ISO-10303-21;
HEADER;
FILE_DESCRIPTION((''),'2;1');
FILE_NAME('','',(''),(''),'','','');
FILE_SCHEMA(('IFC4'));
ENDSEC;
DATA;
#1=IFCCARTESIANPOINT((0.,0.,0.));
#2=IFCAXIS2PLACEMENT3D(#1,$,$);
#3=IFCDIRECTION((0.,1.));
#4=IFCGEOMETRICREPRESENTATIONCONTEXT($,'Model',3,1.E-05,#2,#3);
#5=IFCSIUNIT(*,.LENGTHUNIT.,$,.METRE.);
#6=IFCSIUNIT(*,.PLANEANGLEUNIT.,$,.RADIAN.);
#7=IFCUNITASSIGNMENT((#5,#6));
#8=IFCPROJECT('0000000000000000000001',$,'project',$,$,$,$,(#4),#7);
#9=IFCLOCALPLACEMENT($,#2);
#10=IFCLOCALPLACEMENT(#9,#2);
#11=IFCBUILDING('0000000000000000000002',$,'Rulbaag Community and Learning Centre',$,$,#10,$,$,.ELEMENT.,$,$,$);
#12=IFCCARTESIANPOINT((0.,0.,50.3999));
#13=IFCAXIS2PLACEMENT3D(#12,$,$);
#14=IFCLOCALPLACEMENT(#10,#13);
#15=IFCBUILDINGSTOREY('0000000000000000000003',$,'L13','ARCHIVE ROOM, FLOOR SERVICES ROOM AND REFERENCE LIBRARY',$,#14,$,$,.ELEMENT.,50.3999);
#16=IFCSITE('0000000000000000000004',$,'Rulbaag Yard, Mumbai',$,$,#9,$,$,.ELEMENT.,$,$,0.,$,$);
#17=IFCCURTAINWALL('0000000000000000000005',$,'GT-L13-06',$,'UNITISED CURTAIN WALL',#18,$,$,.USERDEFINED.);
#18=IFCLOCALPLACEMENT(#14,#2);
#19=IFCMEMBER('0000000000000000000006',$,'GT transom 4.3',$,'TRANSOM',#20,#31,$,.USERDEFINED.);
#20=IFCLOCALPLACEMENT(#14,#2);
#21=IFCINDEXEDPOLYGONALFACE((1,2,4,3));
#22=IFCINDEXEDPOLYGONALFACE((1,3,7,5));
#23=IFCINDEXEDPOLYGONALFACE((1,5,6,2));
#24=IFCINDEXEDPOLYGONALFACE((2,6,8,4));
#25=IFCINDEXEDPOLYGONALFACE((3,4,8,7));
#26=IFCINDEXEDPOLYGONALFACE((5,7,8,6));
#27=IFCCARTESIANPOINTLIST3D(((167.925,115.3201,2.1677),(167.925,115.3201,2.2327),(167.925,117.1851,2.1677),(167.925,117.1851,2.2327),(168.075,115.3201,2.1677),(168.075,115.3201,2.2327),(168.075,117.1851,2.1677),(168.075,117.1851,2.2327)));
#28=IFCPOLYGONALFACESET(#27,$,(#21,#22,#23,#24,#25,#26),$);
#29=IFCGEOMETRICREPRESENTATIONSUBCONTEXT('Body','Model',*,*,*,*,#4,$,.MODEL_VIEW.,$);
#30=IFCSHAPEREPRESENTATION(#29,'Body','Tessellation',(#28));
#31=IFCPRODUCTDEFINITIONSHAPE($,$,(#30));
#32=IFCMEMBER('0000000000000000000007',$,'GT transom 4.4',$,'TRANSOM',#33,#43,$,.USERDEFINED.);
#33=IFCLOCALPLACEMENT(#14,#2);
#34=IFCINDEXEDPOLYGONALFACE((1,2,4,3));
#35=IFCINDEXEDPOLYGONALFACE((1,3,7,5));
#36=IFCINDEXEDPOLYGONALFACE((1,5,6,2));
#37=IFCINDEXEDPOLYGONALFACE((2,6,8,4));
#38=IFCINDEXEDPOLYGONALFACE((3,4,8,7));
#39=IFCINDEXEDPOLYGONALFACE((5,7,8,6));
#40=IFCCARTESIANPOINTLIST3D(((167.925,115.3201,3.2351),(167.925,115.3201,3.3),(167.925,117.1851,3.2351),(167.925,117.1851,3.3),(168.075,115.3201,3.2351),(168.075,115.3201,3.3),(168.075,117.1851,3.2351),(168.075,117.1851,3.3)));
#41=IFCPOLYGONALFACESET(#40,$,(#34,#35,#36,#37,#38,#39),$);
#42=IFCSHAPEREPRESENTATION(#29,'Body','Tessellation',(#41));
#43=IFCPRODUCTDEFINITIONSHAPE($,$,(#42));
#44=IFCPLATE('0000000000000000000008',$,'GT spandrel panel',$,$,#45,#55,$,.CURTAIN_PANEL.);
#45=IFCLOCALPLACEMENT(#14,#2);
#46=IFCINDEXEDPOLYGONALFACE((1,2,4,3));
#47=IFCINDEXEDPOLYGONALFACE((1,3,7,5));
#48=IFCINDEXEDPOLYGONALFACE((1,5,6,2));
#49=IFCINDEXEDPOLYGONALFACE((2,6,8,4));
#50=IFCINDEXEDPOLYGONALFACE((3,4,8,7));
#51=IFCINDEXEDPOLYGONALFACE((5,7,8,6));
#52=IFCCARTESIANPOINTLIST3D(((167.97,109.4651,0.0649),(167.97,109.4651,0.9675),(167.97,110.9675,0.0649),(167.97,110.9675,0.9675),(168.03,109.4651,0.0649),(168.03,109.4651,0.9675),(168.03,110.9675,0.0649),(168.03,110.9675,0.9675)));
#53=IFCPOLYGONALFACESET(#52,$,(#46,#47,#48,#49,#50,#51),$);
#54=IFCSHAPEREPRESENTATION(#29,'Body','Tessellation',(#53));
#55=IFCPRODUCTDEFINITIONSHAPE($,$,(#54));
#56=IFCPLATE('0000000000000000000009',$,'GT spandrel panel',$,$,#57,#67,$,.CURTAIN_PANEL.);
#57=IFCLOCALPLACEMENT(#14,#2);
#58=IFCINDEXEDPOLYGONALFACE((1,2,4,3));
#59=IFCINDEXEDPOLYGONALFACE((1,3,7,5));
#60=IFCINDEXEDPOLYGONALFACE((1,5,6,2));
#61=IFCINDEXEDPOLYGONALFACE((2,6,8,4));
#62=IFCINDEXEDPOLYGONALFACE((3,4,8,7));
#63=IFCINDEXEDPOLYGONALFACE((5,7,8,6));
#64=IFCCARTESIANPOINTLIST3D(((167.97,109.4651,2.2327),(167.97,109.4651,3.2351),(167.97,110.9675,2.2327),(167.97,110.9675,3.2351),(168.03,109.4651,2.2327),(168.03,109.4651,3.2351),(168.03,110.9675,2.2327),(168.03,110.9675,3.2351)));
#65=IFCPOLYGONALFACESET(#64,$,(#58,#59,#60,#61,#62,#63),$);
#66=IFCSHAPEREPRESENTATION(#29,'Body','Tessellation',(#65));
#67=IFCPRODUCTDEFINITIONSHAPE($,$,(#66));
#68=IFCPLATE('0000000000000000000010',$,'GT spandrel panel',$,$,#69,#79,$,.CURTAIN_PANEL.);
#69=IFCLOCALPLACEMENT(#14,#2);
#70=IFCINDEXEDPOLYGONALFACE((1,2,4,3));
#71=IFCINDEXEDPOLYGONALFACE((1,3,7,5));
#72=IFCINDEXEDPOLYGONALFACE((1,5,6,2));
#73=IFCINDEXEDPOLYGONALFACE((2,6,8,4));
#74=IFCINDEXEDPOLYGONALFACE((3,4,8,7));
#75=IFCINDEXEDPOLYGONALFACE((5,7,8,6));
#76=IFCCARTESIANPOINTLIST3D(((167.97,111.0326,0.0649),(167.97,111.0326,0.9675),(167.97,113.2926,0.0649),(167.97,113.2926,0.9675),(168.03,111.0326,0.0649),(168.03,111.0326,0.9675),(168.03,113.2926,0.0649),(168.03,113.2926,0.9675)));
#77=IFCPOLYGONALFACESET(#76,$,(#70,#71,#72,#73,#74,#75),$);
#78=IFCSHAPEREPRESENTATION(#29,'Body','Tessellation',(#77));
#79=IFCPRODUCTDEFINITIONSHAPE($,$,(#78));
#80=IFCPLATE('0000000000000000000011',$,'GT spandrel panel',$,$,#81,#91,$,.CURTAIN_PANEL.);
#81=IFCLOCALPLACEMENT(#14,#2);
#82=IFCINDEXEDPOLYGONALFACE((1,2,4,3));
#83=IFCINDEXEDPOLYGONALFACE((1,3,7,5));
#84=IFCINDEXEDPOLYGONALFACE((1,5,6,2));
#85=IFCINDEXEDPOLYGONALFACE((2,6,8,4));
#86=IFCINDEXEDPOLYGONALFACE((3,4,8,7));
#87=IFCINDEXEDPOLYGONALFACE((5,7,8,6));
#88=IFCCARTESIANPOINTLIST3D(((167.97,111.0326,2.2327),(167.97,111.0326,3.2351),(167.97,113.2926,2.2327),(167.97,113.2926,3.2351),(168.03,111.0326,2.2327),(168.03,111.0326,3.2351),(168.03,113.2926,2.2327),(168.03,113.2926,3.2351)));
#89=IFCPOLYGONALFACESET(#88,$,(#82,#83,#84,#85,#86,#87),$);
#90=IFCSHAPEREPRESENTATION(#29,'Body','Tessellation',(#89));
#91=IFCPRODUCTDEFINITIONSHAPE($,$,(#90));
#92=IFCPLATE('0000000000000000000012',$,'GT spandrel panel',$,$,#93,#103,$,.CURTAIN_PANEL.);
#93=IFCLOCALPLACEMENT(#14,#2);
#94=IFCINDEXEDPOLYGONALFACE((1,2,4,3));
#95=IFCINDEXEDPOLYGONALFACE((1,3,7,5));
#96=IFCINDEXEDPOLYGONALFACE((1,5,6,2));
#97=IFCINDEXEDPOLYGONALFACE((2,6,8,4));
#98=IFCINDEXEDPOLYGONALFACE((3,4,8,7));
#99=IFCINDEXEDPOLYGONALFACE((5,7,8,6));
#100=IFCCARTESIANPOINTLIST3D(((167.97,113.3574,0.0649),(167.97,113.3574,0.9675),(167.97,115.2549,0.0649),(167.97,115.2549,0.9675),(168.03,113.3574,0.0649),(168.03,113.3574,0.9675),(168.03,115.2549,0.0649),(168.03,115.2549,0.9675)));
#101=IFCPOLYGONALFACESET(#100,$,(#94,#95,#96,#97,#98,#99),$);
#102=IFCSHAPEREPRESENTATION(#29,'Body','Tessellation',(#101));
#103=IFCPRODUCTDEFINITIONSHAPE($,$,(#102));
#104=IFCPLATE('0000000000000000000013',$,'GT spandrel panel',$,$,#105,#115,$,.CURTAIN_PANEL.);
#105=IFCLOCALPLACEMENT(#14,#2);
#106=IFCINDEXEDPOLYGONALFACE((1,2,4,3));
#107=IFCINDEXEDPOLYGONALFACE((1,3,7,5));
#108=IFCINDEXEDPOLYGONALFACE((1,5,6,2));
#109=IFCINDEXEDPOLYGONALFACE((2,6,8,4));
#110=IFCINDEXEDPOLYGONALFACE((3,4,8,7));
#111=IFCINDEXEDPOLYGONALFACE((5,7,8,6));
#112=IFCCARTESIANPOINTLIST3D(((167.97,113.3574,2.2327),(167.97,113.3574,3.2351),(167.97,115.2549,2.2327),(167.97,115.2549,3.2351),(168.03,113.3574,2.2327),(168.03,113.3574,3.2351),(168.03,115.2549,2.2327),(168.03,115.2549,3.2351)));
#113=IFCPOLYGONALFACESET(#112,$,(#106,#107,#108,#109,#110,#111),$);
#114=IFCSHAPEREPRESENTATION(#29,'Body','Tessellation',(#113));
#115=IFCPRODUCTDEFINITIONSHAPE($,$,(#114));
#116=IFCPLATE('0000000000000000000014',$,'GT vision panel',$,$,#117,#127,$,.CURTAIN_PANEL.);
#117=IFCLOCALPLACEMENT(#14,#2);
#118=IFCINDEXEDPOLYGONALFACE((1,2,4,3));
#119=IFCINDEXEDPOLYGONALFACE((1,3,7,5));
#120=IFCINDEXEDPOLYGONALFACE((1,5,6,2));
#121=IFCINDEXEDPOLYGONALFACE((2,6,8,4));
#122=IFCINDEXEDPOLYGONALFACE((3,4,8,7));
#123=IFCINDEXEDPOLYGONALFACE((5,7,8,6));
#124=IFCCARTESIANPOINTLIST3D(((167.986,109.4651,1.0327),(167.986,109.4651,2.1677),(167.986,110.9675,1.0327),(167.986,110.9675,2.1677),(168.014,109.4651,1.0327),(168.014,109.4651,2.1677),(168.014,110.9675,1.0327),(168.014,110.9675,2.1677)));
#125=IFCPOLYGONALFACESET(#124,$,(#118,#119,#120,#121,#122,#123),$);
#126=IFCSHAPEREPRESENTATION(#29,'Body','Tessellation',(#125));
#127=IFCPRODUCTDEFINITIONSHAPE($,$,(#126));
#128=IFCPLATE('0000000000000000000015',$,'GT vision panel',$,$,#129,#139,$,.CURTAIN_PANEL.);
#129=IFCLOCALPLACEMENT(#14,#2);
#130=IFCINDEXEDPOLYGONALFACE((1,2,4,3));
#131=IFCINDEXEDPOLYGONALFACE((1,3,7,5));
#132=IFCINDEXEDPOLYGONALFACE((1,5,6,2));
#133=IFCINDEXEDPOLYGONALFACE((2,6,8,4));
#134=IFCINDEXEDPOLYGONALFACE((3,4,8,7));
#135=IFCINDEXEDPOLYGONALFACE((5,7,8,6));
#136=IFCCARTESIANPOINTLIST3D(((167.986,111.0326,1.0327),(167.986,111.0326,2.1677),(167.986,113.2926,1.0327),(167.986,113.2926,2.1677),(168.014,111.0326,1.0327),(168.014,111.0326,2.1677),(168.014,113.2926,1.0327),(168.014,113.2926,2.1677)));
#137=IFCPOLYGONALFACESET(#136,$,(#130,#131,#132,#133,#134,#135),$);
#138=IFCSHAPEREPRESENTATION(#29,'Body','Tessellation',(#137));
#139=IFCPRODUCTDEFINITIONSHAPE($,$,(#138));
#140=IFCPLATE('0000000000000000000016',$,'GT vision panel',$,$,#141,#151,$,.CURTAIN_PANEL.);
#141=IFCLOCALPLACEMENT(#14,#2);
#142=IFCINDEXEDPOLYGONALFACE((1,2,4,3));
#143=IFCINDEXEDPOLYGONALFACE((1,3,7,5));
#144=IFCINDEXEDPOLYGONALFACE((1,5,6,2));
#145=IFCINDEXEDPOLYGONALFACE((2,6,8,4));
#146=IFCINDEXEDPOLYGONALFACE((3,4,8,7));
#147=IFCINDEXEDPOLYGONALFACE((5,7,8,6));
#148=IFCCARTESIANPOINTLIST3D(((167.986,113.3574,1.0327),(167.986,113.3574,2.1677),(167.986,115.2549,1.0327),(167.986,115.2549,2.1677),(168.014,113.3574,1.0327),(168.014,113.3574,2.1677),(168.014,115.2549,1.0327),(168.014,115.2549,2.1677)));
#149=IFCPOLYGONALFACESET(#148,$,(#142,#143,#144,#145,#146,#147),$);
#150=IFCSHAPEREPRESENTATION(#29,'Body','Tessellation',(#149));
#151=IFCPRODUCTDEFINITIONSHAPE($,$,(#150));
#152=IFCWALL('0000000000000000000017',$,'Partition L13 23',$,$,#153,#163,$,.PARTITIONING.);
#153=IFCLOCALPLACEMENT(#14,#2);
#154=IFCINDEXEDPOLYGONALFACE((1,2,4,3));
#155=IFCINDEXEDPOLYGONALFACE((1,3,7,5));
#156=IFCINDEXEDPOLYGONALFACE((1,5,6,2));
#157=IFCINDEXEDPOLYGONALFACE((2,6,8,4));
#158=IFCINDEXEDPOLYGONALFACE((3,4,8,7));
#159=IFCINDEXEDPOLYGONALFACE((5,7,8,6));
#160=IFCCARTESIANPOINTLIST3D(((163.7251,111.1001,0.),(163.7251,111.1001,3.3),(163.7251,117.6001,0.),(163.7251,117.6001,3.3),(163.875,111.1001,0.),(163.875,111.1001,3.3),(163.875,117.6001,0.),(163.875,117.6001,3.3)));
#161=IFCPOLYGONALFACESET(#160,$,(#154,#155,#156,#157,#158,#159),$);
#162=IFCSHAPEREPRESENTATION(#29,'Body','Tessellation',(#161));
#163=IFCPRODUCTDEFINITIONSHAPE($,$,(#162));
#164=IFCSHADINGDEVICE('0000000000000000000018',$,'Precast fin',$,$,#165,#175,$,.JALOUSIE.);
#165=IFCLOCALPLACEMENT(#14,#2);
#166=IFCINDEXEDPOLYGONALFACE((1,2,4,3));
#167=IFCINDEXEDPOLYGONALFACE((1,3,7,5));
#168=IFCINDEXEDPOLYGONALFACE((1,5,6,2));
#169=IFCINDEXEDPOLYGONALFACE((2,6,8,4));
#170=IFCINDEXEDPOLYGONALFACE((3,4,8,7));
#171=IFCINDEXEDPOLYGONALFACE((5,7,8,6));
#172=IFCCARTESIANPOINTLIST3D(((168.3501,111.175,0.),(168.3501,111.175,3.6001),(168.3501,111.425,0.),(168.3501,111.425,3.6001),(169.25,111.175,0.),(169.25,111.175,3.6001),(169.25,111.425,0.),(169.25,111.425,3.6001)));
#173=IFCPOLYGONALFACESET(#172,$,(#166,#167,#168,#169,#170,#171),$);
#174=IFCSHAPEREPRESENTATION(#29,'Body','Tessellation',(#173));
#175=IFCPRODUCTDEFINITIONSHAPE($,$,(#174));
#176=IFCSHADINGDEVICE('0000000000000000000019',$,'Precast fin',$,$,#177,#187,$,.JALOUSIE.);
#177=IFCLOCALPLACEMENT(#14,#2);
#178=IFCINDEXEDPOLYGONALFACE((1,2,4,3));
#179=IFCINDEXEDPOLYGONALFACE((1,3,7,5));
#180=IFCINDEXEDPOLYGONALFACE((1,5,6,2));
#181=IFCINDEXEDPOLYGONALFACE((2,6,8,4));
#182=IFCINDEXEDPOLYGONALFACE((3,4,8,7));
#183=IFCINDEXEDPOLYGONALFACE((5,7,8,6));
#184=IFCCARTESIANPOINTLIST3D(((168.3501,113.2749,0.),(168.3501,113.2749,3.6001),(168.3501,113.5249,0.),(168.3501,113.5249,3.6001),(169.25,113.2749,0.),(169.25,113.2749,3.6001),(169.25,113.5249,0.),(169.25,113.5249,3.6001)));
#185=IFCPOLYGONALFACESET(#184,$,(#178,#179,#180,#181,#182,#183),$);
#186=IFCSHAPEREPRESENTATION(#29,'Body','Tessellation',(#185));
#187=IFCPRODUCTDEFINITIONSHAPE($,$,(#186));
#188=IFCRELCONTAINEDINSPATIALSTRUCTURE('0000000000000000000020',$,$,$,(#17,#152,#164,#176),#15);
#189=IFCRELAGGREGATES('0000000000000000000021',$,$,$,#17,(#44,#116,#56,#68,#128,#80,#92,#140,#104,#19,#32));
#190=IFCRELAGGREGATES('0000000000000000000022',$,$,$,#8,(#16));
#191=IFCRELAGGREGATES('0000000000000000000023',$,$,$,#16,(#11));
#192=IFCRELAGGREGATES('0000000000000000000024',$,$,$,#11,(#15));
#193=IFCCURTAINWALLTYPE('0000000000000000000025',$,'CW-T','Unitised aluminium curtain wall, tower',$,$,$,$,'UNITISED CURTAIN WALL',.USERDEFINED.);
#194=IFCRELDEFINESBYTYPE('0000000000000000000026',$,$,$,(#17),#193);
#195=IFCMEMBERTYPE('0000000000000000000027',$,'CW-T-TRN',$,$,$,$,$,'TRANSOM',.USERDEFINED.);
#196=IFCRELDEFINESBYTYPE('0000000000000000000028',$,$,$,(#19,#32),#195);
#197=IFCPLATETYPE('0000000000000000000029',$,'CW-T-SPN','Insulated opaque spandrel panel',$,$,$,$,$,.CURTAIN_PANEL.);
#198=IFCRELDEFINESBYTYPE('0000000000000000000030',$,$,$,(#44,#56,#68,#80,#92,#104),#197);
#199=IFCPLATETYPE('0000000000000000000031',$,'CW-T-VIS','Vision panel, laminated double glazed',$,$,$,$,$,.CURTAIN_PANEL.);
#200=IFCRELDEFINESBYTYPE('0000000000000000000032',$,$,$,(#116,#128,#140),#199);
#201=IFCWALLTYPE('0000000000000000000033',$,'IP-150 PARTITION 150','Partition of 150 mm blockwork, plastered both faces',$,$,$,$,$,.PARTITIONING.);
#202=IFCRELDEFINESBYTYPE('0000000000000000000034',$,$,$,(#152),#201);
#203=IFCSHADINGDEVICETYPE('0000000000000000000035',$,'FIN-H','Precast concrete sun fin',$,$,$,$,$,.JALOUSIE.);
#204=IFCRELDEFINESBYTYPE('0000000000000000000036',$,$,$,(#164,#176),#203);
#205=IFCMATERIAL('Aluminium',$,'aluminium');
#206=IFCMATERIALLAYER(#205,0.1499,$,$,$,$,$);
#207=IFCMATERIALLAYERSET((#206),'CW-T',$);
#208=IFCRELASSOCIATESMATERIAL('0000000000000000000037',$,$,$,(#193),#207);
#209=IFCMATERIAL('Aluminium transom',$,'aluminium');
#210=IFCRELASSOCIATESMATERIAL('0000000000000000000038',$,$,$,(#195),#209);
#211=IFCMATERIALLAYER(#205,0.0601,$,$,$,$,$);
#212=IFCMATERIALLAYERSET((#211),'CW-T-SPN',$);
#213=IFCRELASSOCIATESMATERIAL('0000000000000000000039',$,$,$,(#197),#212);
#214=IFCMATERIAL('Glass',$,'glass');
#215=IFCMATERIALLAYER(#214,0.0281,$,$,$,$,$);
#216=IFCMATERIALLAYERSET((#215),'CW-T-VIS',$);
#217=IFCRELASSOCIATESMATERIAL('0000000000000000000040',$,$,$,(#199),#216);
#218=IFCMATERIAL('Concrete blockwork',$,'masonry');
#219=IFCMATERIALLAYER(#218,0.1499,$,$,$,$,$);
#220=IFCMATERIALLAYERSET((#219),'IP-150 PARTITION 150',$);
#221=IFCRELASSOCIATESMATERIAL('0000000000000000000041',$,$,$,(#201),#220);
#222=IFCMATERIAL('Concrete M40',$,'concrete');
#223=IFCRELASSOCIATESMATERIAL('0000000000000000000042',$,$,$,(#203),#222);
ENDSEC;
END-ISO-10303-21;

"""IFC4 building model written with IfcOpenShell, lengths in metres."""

from ifc_helpers import new_model, si_unit, direction, frame, frame_2d, origin, origin_2d, place, context, subcontext, project, spatial, rectangle, extrude, material, layer, layer_set, material_profile, profile_set, type_object, element, aggregate, save


model = new_model("IFC4")

# Units and contexts
model_context = context("Model", 3, precision=1e-05, world=origin(), true_north=direction((0.0, 1.0)))
body_context = subcontext(model_context, "Body", "Model", "MODEL_VIEW")
ifc_project = project(units=[si_unit("LENGTHUNIT", "METRE"), si_unit("PLANEANGLEUNIT", "RADIAN")], contexts=[model_context])

# Site, building, storey
site_placement = place(None, origin())
site = spatial("IfcSite", under=ifc_project, at=site_placement, Name="Rulbaag Yard, Mumbai", CompositionType="ELEMENT", RefElevation=0.0)
building_placement = place(site_placement, origin())
building = spatial("IfcBuilding", under=site, at=building_placement, Name="Rulbaag Community and Learning Centre", CompositionType="ELEMENT")
storey_placement = place(building_placement, frame((0.0, 0.0, 50.3999)))
storey = spatial("IfcBuildingStorey", under=building, at=storey_placement, Name="L13", Description="ARCHIVE ROOM, FLOOR SERVICES ROOM AND REFERENCE LIBRARY", CompositionType="ELEMENT", Elevation=50.3999)

# Curtain wall, members, plates
ifc_material_1 = material(Name="Aluminium", Category="aluminium")
ifc_layer_1 = layer(ifc_material_1, 0.1499)
ifc_layer_set_1 = layer_set([ifc_layer_1], Name="CW-T")
curtain_wall_type = type_object("IfcCurtainWallType", Name="CW-T", Description="Unitised aluminium curtain wall, tower", ElementType="UNITISED CURTAIN WALL", PredefinedType="USERDEFINED", material=ifc_layer_set_1)
curtain_wall_placement = place(storey_placement, origin())
curtain_wall = element("IfcCurtainWall", 1, at=curtain_wall_placement, inside=storey, type_object=curtain_wall_type, Name="GT-L13-06", ObjectType="UNITISED CURTAIN WALL", PredefinedType="USERDEFINED")
ifc_material_2 = material(Name="Aluminium transom", Category="aluminium")
ifc_material_profile_1 = material_profile(ifc_material_2, rectangle(XDim=0.1499, YDim=0.0649, at=origin_2d()), Name="AL 65x150 T")
ifc_profile_set_1 = profile_set([ifc_material_profile_1], Name="Aluminium transom")
member_type_1 = type_object("IfcMemberType", Name="CW-T-TRN", ElementType="TRANSOM", PredefinedType="USERDEFINED", material=ifc_profile_set_1)
member_1_placement = place(storey_placement, frame((168.0, 115.3201, 2.2002), z_axis=(0.0, 1.0, 0.0), x_axis=(-1.0, 0.0, 0.0)))
member_1 = element("IfcMember", 2, at=member_1_placement, type_object=member_type_1, Name="GT transom 4.3", ObjectType="TRANSOM", PredefinedType="USERDEFINED", context=body_context, shape_type="SweptSolid", body=[
    extrude(rectangle(XDim=0.1499, YDim=0.0649, at=origin_2d()), origin(), (0.0, 0.0, 1.0), 1.865),
])
member_2_placement = place(storey_placement, frame((168.0, 115.3201, 3.2676), z_axis=(0.0, 1.0, 0.0), x_axis=(-1.0, 0.0, 0.0)))
member_2 = element("IfcMember", 3, at=member_2_placement, type_object=member_type_1, Name="GT transom 4.4", ObjectType="TRANSOM", PredefinedType="USERDEFINED", context=body_context, shape_type="SweptSolid", body=[
    extrude(rectangle(XDim=0.1499, YDim=0.0649, at=origin_2d()), origin(), (0.0, 0.0, 1.0), 1.865),
])
ifc_layer_2 = layer(ifc_material_1, 0.0601)
ifc_layer_set_2 = layer_set([ifc_layer_2], Name="CW-T-SPN")
plate_type_1 = type_object("IfcPlateType", Name="CW-T-SPN", Description="Insulated opaque spandrel panel", PredefinedType="CURTAIN_PANEL", material=ifc_layer_set_2)
plate_1_placement = place(storey_placement, frame((168.0, 110.2163, 0.0649), z_axis=(0.0, 0.0, 1.0), x_axis=(0.0, 1.0, 0.0)))
plate_1 = element("IfcPlate", 4, at=plate_1_placement, type_object=plate_type_1, Name="GT spandrel panel", PredefinedType="CURTAIN_PANEL", context=body_context, shape_type="SweptSolid", body=[
    extrude(rectangle(XDim=1.5024, YDim=0.0601, at=origin_2d()), origin(), (0.0, 0.0, 1.0), 0.9026),
])
plate_2_placement = place(storey_placement, frame((168.0, 110.2163, 2.2327), z_axis=(0.0, 0.0, 1.0), x_axis=(0.0, 1.0, 0.0)))
plate_2 = element("IfcPlate", 5, at=plate_2_placement, type_object=plate_type_1, Name="GT spandrel panel", PredefinedType="CURTAIN_PANEL", context=body_context, shape_type="SweptSolid", body=[
    extrude(rectangle(XDim=1.5024, YDim=0.0601, at=origin_2d()), origin(), (0.0, 0.0, 1.0), 1.0024),
])
plate_3_placement = place(storey_placement, frame((168.0, 112.1626, 0.0649), z_axis=(0.0, 0.0, 1.0), x_axis=(0.0, 1.0, 0.0)))
plate_3 = element("IfcPlate", 6, at=plate_3_placement, type_object=plate_type_1, Name="GT spandrel panel", PredefinedType="CURTAIN_PANEL", context=body_context, shape_type="SweptSolid", body=[
    extrude(rectangle(XDim=2.26, YDim=0.0601, at=origin_2d()), origin(), (0.0, 0.0, 1.0), 0.9026),
])
plate_4_placement = place(storey_placement, frame((168.0, 112.1626, 2.2327), z_axis=(0.0, 0.0, 1.0), x_axis=(0.0, 1.0, 0.0)))
plate_4 = element("IfcPlate", 7, at=plate_4_placement, type_object=plate_type_1, Name="GT spandrel panel", PredefinedType="CURTAIN_PANEL", context=body_context, shape_type="SweptSolid", body=[
    extrude(rectangle(XDim=2.26, YDim=0.0601, at=origin_2d()), origin(), (0.0, 0.0, 1.0), 1.0024),
])
plate_5_placement = place(storey_placement, frame((168.0, 114.3062, 0.0649), z_axis=(0.0, 0.0, 1.0), x_axis=(0.0, 1.0, 0.0)))
plate_5 = element("IfcPlate", 8, at=plate_5_placement, type_object=plate_type_1, Name="GT spandrel panel", PredefinedType="CURTAIN_PANEL", context=body_context, shape_type="SweptSolid", body=[
    extrude(rectangle(XDim=1.8975, YDim=0.0601, at=origin_2d()), origin(), (0.0, 0.0, 1.0), 0.9026),
])
plate_6_placement = place(storey_placement, frame((168.0, 114.3062, 2.2327), z_axis=(0.0, 0.0, 1.0), x_axis=(0.0, 1.0, 0.0)))
plate_6 = element("IfcPlate", 9, at=plate_6_placement, type_object=plate_type_1, Name="GT spandrel panel", PredefinedType="CURTAIN_PANEL", context=body_context, shape_type="SweptSolid", body=[
    extrude(rectangle(XDim=1.8975, YDim=0.0601, at=origin_2d()), origin(), (0.0, 0.0, 1.0), 1.0024),
])
ifc_material_3 = material(Name="Glass", Category="glass")
ifc_layer_3 = layer(ifc_material_3, 0.0281)
ifc_layer_set_3 = layer_set([ifc_layer_3], Name="CW-T-VIS")
plate_type_2 = type_object("IfcPlateType", Name="CW-T-VIS", Description="Vision panel, laminated double glazed", PredefinedType="CURTAIN_PANEL", material=ifc_layer_set_3)
plate_7_placement = place(storey_placement, frame((168.0, 110.2163, 1.0327), z_axis=(0.0, 0.0, 1.0), x_axis=(0.0, 1.0, 0.0)))
plate_7 = element("IfcPlate", 10, at=plate_7_placement, type_object=plate_type_2, Name="GT vision panel", PredefinedType="CURTAIN_PANEL", context=body_context, shape_type="SweptSolid", body=[
    extrude(rectangle(XDim=1.5024, YDim=0.0281, at=origin_2d()), origin(), (0.0, 0.0, 1.0), 1.135),
])
plate_8_placement = place(storey_placement, frame((168.0, 112.1626, 1.0327), z_axis=(0.0, 0.0, 1.0), x_axis=(0.0, 1.0, 0.0)))
plate_8 = element("IfcPlate", 11, at=plate_8_placement, type_object=plate_type_2, Name="GT vision panel", PredefinedType="CURTAIN_PANEL", context=body_context, shape_type="SweptSolid", body=[
    extrude(rectangle(XDim=2.26, YDim=0.0281, at=origin_2d()), origin(), (0.0, 0.0, 1.0), 1.135),
])
plate_9_placement = place(storey_placement, frame((168.0, 114.3062, 1.0327), z_axis=(0.0, 0.0, 1.0), x_axis=(0.0, 1.0, 0.0)))
plate_9 = element("IfcPlate", 12, at=plate_9_placement, type_object=plate_type_2, Name="GT vision panel", PredefinedType="CURTAIN_PANEL", context=body_context, shape_type="SweptSolid", body=[
    extrude(rectangle(XDim=1.8975, YDim=0.0281, at=origin_2d()), origin(), (0.0, 0.0, 1.0), 1.135),
])
aggregate(curtain_wall, [plate_1, plate_7, plate_2, plate_3, plate_8, plate_4, plate_5, plate_9, plate_6, member_1, member_2])

# Wall
ifc_material_4 = material(Name="Concrete blockwork", Category="masonry")
ifc_layer_4 = layer(ifc_material_4, 0.1499)
ifc_layer_set_4 = layer_set([ifc_layer_4], Name="IP-150 PARTITION 150")
wall_type = type_object("IfcWallType", Name="IP-150 PARTITION 150", Description="Partition of 150 mm blockwork, plastered both faces", PredefinedType="PARTITIONING", material=ifc_layer_set_4)
wall_placement = place(storey_placement, frame((163.8, 111.1001, 0.0), z_axis=(0.0, 0.0, 1.0), x_axis=(0.0, 1.0, 0.0)))
element("IfcWall", 13, at=wall_placement, inside=storey, type_object=wall_type, Name="Partition L13 23", PredefinedType="PARTITIONING", context=body_context, shape_type="SweptSolid", body=[
    extrude(rectangle(XDim=6.5, YDim=0.1499, at=frame_2d((3.25, 0.0))), origin(), (0.0, 0.0, 1.0), 3.3),
])

# Shading devices
ifc_material_5 = material(Name="Concrete M40", Category="concrete")
ifc_material_profile_2 = material_profile(ifc_material_5, rectangle(XDim=0.25, YDim=0.8999, at=origin_2d()), Name="PC 250x900")
ifc_profile_set_2 = profile_set([ifc_material_profile_2], Name="Concrete M40")
shading_device_type = type_object("IfcShadingDeviceType", Name="FIN-H", Description="Precast concrete sun fin", PredefinedType="JALOUSIE", material=ifc_profile_set_2)
for number, where, z_axis, x_axis, name in (
    (14, (168.8, 111.3, 0.0), (0.0, 0.0, 1.0), (0.0, 1.0, 0.0), "Precast fin"),
    (15, (168.8, 113.3999, 0.0), (0.0, 0.0, 1.0), (0.0, 1.0, 0.0), "Precast fin"),
):
    element("IfcShadingDevice", number, at=place(storey_placement, frame(where, z_axis=z_axis, x_axis=x_axis)), inside=storey, type_object=shading_device_type, Name=name, PredefinedType="JALOUSIE", context=body_context, shape_type="SweptSolid", body=[
        extrude(rectangle(XDim=0.25, YDim=0.8999, at=origin_2d()), origin(), (0.0, 0.0, 1.0), 3.6001),
    ])

save(model, "model.ifc")
